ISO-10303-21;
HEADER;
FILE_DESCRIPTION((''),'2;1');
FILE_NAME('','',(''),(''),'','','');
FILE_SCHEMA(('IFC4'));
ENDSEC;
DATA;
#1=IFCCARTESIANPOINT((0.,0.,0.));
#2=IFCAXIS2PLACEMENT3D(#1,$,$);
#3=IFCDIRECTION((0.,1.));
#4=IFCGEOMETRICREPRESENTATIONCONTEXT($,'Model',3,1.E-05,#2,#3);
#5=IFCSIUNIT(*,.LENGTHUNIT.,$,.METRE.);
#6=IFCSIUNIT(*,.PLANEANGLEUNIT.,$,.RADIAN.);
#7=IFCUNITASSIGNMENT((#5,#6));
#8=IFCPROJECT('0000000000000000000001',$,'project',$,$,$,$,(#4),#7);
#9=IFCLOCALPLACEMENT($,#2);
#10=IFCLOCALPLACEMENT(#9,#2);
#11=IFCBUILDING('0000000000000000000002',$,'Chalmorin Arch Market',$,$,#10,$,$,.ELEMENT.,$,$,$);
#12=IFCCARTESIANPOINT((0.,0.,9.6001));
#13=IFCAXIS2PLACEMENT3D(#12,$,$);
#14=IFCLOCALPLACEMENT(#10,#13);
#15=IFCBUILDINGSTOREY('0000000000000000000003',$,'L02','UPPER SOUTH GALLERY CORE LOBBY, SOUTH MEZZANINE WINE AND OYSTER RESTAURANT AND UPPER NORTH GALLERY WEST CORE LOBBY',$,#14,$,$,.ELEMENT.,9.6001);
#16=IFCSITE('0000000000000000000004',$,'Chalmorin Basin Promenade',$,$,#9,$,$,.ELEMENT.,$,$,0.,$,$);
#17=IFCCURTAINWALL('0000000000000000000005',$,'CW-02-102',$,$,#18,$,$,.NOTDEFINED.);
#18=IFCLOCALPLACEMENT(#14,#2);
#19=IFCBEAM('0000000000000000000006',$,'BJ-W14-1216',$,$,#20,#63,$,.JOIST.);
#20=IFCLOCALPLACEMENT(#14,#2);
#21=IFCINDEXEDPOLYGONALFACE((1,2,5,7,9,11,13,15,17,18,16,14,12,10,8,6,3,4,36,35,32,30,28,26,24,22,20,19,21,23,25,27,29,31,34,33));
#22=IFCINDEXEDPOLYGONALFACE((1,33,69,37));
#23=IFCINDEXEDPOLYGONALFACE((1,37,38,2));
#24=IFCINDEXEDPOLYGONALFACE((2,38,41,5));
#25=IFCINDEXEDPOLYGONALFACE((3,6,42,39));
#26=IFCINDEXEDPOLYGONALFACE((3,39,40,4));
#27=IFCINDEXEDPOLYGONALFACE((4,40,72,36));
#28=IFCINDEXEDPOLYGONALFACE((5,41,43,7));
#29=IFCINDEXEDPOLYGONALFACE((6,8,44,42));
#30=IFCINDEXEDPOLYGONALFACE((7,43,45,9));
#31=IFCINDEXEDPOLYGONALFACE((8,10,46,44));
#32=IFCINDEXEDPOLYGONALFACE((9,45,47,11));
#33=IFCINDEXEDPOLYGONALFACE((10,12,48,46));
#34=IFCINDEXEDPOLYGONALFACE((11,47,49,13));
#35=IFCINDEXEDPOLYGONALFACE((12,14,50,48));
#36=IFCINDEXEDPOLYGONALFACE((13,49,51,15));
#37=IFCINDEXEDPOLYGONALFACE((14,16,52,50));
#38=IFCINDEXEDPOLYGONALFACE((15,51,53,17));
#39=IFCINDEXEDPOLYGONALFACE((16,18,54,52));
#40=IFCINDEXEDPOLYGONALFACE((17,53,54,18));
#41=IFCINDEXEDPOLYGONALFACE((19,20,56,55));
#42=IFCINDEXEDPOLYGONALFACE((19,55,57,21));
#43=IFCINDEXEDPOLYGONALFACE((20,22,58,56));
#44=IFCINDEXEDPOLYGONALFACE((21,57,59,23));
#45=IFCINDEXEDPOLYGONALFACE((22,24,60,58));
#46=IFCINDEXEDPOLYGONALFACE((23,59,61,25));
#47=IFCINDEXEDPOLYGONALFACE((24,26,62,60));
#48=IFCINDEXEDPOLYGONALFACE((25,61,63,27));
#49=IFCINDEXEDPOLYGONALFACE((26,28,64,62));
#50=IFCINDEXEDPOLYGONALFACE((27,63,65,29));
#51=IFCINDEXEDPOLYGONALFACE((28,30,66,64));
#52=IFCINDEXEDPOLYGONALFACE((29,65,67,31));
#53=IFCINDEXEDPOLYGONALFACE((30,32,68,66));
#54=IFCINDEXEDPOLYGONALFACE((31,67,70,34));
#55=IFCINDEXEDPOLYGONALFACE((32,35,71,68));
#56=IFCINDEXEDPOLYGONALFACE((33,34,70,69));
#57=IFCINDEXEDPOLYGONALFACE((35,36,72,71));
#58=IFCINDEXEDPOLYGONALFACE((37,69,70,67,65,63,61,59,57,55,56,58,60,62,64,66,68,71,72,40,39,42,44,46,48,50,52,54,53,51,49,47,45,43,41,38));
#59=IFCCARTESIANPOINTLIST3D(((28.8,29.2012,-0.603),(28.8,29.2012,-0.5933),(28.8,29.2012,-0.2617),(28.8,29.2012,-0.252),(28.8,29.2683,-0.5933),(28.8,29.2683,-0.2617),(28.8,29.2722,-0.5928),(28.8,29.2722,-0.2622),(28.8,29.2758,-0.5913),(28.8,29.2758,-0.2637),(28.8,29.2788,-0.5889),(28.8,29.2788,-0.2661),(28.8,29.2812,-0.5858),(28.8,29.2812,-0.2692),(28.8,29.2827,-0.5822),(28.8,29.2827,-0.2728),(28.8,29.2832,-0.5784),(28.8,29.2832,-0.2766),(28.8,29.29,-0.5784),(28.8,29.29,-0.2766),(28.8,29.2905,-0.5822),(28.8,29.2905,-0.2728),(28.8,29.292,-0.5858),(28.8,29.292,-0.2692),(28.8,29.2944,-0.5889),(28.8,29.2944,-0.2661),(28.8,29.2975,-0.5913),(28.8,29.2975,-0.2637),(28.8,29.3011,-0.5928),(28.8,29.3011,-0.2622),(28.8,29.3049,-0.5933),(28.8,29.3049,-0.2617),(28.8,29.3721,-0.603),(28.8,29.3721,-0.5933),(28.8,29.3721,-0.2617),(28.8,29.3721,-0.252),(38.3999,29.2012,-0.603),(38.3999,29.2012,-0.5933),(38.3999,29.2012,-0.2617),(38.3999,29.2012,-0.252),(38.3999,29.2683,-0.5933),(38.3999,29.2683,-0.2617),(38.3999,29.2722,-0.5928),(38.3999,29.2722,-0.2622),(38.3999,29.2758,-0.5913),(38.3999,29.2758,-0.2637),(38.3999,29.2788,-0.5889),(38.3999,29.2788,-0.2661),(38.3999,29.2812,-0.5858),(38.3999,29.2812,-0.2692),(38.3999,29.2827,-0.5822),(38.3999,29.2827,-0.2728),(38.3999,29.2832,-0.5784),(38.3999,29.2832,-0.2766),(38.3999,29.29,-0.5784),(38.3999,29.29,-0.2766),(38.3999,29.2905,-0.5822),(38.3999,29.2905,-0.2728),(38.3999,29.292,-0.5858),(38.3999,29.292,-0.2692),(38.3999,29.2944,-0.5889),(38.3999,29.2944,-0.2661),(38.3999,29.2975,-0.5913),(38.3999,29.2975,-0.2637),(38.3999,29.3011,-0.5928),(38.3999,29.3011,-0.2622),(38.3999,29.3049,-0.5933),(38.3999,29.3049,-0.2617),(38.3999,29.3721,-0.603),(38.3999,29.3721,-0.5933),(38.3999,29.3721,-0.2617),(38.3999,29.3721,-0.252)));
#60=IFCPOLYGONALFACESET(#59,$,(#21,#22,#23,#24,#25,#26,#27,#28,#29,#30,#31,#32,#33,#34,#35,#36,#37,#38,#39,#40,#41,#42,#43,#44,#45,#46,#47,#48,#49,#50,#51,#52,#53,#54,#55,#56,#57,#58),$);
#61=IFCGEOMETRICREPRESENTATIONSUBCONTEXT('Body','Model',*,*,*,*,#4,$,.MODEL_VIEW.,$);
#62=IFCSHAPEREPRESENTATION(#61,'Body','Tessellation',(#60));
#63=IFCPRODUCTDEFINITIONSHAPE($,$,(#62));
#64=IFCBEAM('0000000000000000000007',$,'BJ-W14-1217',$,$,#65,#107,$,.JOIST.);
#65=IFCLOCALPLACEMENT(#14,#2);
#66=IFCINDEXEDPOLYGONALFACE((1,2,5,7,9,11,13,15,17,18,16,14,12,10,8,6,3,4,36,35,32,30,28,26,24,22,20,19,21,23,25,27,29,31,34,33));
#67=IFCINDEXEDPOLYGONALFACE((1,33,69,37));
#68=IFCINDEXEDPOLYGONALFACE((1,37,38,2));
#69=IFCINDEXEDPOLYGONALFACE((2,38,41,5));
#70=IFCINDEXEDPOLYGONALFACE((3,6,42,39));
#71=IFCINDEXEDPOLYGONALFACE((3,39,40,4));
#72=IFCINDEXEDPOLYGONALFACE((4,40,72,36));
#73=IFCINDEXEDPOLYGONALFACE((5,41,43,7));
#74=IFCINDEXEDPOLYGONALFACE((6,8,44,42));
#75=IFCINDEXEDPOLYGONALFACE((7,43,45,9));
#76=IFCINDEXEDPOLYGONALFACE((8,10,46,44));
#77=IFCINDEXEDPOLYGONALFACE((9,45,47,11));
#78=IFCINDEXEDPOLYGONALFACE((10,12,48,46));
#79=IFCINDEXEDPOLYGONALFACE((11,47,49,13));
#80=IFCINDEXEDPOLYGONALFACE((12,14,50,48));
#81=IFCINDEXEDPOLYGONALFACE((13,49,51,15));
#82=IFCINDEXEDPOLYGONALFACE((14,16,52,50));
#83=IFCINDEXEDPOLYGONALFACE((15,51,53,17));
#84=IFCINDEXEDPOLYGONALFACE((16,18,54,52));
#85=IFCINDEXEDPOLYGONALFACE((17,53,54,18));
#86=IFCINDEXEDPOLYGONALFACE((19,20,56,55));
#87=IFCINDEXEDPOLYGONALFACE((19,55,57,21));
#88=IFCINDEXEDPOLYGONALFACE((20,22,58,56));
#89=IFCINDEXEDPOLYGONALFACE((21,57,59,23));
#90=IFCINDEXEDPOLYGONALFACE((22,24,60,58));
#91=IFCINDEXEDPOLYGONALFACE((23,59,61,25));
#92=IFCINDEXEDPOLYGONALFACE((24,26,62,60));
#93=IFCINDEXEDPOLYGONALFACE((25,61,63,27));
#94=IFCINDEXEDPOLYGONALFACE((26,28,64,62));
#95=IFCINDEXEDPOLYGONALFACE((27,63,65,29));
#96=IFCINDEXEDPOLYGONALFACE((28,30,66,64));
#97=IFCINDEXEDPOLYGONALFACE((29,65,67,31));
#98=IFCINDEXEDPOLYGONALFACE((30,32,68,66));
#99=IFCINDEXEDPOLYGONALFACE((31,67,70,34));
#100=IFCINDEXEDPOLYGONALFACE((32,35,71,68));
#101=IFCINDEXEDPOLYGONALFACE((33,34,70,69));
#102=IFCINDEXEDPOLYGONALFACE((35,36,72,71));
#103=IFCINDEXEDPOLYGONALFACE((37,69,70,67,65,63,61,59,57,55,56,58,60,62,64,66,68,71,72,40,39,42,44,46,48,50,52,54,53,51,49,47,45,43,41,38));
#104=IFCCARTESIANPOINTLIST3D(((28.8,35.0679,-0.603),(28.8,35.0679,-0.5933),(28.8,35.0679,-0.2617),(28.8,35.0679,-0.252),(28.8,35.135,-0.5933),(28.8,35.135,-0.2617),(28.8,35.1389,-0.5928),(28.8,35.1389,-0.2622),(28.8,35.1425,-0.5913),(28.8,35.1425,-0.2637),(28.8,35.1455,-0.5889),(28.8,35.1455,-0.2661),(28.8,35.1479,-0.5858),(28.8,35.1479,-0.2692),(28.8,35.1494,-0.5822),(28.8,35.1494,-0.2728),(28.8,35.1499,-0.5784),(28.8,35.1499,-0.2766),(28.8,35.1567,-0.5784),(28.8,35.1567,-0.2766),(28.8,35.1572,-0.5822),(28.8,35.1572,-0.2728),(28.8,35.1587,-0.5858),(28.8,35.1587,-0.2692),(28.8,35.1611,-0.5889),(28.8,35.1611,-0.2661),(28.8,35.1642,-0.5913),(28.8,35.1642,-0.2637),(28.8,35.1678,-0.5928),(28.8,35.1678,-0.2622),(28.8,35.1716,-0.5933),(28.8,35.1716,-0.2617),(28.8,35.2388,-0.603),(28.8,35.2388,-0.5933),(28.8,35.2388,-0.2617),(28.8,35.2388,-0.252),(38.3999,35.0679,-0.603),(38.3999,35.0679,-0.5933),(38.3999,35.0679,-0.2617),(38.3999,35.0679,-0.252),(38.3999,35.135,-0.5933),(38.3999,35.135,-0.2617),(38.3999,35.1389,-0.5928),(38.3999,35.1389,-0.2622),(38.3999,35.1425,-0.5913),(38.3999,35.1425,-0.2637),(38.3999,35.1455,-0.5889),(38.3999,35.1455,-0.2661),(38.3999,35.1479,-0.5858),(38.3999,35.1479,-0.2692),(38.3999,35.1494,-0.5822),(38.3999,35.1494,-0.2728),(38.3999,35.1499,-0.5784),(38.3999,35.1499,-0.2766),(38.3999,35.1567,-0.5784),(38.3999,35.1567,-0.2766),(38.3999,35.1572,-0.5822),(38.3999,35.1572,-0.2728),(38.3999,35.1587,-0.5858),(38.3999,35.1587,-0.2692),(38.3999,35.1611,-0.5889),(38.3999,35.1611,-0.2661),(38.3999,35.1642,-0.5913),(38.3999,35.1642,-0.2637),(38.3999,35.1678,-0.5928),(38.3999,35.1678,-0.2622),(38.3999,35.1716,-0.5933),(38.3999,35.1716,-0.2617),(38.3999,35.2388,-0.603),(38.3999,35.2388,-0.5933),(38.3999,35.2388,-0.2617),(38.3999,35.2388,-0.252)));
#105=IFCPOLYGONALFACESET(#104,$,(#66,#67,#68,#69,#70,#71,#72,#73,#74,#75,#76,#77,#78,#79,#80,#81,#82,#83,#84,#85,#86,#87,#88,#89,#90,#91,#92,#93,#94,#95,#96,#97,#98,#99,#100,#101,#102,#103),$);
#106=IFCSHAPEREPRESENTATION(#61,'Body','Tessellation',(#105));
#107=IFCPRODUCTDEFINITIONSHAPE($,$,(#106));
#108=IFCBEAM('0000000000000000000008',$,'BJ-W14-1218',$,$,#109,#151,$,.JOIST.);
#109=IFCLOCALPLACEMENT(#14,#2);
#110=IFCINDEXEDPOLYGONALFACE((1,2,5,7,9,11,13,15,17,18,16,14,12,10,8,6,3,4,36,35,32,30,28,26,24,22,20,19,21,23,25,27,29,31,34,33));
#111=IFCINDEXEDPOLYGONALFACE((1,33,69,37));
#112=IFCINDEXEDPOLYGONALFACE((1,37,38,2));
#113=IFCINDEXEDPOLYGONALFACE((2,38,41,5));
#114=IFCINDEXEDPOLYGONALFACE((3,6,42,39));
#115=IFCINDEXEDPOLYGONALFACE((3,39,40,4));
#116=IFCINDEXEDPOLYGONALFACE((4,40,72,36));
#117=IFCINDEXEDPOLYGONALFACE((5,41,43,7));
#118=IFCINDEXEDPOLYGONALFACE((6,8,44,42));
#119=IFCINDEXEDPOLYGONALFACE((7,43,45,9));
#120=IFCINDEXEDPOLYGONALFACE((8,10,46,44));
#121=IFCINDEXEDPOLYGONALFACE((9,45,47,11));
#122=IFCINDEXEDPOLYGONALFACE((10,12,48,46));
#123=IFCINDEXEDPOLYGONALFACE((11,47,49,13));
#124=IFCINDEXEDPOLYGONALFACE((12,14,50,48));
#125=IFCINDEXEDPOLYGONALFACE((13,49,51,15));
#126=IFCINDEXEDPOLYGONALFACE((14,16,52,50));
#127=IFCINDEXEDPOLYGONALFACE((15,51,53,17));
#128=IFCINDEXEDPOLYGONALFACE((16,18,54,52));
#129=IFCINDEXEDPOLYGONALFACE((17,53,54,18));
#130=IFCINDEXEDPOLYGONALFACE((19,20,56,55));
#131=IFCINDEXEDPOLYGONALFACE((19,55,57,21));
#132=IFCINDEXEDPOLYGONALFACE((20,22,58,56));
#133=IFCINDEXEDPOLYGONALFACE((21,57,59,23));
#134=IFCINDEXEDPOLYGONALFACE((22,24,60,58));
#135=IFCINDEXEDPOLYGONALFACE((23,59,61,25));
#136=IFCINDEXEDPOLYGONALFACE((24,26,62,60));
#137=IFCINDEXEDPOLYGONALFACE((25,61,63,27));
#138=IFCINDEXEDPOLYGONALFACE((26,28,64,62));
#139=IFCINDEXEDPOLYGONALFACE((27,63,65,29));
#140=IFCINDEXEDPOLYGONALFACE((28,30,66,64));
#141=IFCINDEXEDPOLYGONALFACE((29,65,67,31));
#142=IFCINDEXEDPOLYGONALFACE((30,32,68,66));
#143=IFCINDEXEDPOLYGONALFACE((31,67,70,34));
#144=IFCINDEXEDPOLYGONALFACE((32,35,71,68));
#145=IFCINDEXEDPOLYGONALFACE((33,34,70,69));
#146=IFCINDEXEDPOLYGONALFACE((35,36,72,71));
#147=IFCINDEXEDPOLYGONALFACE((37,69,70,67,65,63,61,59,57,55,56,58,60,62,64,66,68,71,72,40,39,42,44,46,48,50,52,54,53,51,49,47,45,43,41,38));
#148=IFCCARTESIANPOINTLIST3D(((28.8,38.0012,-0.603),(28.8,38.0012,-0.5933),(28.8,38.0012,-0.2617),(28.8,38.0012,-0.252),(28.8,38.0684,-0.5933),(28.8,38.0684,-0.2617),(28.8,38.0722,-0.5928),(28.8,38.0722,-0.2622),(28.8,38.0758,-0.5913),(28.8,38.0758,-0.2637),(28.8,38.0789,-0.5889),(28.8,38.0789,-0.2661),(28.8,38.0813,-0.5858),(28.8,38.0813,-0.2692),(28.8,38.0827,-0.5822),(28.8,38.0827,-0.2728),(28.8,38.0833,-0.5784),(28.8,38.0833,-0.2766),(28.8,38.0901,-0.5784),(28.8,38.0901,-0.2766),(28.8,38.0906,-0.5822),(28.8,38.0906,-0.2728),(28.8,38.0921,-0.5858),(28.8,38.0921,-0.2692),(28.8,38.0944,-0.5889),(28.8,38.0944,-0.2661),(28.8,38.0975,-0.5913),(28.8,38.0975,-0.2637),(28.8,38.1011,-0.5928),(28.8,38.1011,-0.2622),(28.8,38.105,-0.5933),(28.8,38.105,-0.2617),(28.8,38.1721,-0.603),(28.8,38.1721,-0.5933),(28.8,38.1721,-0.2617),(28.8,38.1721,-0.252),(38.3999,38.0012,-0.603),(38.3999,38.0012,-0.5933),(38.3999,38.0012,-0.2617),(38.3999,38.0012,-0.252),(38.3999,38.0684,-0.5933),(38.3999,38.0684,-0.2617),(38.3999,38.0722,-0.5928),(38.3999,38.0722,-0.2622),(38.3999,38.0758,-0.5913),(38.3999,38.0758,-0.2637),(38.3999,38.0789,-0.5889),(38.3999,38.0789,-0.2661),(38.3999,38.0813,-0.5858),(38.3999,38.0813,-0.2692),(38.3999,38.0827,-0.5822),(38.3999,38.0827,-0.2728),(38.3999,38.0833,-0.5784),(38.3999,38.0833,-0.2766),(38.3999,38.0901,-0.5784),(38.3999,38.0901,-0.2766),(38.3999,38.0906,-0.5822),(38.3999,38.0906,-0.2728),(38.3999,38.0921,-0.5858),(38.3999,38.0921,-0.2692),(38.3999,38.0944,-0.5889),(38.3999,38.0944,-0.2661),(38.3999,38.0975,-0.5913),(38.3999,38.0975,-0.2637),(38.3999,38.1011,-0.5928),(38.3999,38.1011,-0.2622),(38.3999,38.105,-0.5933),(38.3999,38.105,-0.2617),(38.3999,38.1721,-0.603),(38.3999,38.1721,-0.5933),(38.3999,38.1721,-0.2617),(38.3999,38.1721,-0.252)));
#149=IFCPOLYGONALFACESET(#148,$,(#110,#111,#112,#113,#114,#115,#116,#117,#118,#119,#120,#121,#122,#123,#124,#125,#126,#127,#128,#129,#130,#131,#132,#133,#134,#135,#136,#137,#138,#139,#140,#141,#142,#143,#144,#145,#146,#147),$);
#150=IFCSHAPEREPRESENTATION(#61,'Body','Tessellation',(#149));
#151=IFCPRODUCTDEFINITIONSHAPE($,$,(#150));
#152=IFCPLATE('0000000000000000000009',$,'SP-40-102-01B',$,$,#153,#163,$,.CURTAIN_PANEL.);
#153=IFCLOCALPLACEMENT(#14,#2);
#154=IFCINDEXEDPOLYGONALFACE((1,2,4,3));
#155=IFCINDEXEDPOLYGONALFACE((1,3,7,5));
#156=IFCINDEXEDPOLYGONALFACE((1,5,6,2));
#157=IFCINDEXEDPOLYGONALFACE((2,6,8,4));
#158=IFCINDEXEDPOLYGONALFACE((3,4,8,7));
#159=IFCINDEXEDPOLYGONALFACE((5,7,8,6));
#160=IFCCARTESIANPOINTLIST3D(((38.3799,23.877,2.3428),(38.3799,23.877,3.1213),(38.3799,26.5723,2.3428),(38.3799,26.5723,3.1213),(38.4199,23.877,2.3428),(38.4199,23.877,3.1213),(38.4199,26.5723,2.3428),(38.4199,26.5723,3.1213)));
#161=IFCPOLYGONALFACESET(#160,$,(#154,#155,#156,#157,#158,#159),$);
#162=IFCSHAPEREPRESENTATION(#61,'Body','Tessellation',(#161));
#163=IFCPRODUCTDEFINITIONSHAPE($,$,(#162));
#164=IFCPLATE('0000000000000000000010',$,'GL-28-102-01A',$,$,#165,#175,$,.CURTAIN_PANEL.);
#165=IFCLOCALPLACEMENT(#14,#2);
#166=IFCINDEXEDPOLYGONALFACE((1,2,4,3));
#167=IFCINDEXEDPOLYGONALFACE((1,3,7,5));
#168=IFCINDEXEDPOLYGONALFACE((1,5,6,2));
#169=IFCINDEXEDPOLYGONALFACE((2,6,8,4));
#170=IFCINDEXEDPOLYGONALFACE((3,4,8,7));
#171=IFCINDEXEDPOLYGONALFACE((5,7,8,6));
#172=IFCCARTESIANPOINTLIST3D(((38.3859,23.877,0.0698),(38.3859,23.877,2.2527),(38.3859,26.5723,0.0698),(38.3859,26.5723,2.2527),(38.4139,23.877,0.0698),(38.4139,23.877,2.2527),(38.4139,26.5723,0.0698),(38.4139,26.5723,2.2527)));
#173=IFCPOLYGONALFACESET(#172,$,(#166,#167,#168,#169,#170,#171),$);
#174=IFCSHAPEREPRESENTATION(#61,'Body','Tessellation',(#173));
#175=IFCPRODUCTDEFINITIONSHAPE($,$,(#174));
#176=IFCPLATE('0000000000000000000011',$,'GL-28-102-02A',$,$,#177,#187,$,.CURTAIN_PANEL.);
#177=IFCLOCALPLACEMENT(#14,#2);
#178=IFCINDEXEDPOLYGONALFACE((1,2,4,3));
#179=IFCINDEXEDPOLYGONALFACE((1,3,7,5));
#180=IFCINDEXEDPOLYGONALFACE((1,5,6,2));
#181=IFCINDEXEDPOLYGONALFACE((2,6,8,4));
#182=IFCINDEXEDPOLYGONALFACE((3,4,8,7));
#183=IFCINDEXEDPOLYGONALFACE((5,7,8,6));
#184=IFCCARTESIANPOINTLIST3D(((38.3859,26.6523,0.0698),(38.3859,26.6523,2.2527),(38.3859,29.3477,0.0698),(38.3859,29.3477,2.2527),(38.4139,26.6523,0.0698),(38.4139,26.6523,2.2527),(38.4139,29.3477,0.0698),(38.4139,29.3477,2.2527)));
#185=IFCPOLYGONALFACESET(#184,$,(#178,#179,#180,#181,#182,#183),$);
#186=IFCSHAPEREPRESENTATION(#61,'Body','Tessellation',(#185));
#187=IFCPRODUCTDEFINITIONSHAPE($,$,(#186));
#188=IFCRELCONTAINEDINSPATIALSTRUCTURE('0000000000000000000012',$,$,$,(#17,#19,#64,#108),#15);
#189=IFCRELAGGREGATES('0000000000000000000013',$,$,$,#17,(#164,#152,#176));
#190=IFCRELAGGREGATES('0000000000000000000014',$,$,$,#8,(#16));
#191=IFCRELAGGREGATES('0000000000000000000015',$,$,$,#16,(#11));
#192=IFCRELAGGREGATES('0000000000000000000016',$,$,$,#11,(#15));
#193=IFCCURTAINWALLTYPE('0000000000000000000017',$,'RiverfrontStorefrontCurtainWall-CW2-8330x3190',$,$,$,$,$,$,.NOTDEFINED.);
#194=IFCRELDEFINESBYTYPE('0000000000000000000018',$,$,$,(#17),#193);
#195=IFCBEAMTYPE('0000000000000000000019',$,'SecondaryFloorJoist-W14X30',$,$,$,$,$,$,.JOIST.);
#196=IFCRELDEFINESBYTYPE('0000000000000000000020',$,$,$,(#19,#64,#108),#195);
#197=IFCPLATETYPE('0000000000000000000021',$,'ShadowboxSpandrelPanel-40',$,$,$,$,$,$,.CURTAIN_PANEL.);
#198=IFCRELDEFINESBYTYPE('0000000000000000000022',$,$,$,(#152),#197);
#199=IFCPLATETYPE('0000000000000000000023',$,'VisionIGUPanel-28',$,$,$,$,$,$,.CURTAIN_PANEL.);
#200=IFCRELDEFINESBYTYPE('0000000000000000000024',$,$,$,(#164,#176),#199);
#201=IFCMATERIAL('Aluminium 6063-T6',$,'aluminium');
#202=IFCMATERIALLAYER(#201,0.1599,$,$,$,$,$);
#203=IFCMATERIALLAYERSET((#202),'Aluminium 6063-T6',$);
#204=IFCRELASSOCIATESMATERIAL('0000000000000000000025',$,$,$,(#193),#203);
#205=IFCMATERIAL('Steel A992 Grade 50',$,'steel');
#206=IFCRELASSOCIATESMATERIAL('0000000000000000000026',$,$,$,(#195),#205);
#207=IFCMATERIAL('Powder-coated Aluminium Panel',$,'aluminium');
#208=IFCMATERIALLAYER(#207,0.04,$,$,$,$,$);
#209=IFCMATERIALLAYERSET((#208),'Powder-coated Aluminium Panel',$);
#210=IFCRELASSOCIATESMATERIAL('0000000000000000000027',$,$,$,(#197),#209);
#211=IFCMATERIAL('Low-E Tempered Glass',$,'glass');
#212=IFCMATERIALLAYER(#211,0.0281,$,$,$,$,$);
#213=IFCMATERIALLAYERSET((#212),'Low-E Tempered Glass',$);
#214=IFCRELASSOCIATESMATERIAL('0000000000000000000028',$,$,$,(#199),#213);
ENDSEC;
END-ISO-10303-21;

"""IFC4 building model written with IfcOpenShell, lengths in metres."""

from ifc_helpers import new_model, si_unit, direction, frame, origin, origin_2d, place, context, subcontext, project, spatial, rectangle, i_section, extrude, material, layer, layer_set, material_profile, profile_set, type_object, element, aggregate, save


model = new_model("IFC4")

# Units and contexts
model_context = context("Model", 3, precision=1e-05, world=origin(), true_north=direction((0.0, 1.0)))
body_context = subcontext(model_context, "Body", "Model", "MODEL_VIEW")
ifc_project = project(units=[si_unit("LENGTHUNIT", "METRE"), si_unit("PLANEANGLEUNIT", "RADIAN")], contexts=[model_context])

# Site, building, storey
site_placement = place(None, origin())
site = spatial("IfcSite", under=ifc_project, at=site_placement, Name="Chalmorin Basin Promenade", CompositionType="ELEMENT", RefElevation=0.0)
building_placement = place(site_placement, origin())
building = spatial("IfcBuilding", under=site, at=building_placement, Name="Chalmorin Arch Market", CompositionType="ELEMENT")
storey_placement = place(building_placement, frame((0.0, 0.0, 9.6001)))
storey = spatial("IfcBuildingStorey", under=building, at=storey_placement, Name="L02", Description="UPPER SOUTH GALLERY CORE LOBBY, SOUTH MEZZANINE WINE AND OYSTER RESTAURANT AND UPPER NORTH GALLERY WEST CORE LOBBY", CompositionType="ELEMENT", Elevation=9.6001)

# Shared definitions
ifc_material_1 = material(Name="Steel A992 Grade 50", Category="steel")

# Curtain wall
ifc_material_2 = material(Name="Aluminium 6063-T6", Category="aluminium")
ifc_layer_1 = layer(ifc_material_2, 0.1599)
ifc_layer_set_1 = layer_set([ifc_layer_1], Name="Aluminium 6063-T6")
curtain_wall_type = type_object("IfcCurtainWallType", Name="RiverfrontStorefrontCurtainWall-CW2-8330x3190", PredefinedType="NOTDEFINED", material=ifc_layer_set_1)
curtain_wall_placement = place(storey_placement, origin())
curtain_wall = element("IfcCurtainWall", 1, at=curtain_wall_placement, inside=storey, type_object=curtain_wall_type, Name="CW-02-102", PredefinedType="NOTDEFINED")

# Beams
ifc_material_profile_1 = material_profile(ifc_material_1, i_section(OverallWidth=0.1709, OverallDepth=0.3511, WebThickness=0.0068, FlangeThickness=0.0098, FilletRadius=0.0149, at=origin_2d()), Name="W14X30")
ifc_profile_set_1 = profile_set([ifc_material_profile_1], Name="Steel A992 Grade 50")
beam_type_1 = type_object("IfcBeamType", Name="SecondaryFloorJoist-W14X30", PredefinedType="JOIST", material=ifc_profile_set_1)
for number, where, z_axis, x_axis, name in (
    (2, (28.8, 29.2866, -0.4275), (1.0, 0.0, 0.0), (0.0, 1.0, 0.0), "BJ-W14-1216"),
    (3, (28.8, 35.1533, -0.4275), (1.0, 0.0, 0.0), (0.0, 1.0, 0.0), "BJ-W14-1217"),
    (4, (28.8, 38.0867, -0.4275), (1.0, 0.0, 0.0), (0.0, 1.0, 0.0), "BJ-W14-1218"),
):
    element("IfcBeam", number, at=place(storey_placement, frame(where, z_axis=z_axis, x_axis=x_axis)), inside=storey, type_object=beam_type_1, Name=name, PredefinedType="JOIST", context=body_context, shape_type="SweptSolid", body=[
        extrude(i_section(OverallWidth=0.1709, OverallDepth=0.3511, WebThickness=0.0068, FlangeThickness=0.0098, FilletRadius=0.0149, at=origin_2d()), origin(), (0.0, 0.0, 1.0), 9.5999),
    ])

# Plates
ifc_material_3 = material(Name="Powder-coated Aluminium Panel", Category="aluminium")
ifc_layer_2 = layer(ifc_material_3, 0.04)
ifc_layer_set_2 = layer_set([ifc_layer_2], Name="Powder-coated Aluminium Panel")
plate_type_1 = type_object("IfcPlateType", Name="ShadowboxSpandrelPanel-40", PredefinedType="CURTAIN_PANEL", material=ifc_layer_set_2)
plate_1_placement = place(storey_placement, frame((38.3999, 25.2246, 2.3428), z_axis=(0.0, 0.0, 1.0), x_axis=(0.0, 1.0, 0.0)))
plate_1 = element("IfcPlate", 5, at=plate_1_placement, type_object=plate_type_1, Name="SP-40-102-01B", PredefinedType="CURTAIN_PANEL", context=body_context, shape_type="SweptSolid", body=[
    extrude(rectangle(XDim=2.6953, YDim=0.04, at=origin_2d()), origin(), (0.0, 0.0, 1.0), 0.7786),
])
ifc_material_4 = material(Name="Low-E Tempered Glass", Category="glass")
ifc_layer_3 = layer(ifc_material_4, 0.0281)
ifc_layer_set_3 = layer_set([ifc_layer_3], Name="Low-E Tempered Glass")
plate_type_2 = type_object("IfcPlateType", Name="VisionIGUPanel-28", PredefinedType="CURTAIN_PANEL", material=ifc_layer_set_3)
plate_2_placement = place(storey_placement, frame((38.3999, 25.2246, 0.0698), z_axis=(0.0, 0.0, 1.0), x_axis=(0.0, 1.0, 0.0)))
plate_2 = element("IfcPlate", 6, at=plate_2_placement, type_object=plate_type_2, Name="GL-28-102-01A", PredefinedType="CURTAIN_PANEL", context=body_context, shape_type="SweptSolid", body=[
    extrude(rectangle(XDim=2.6953, YDim=0.0281, at=origin_2d()), origin(), (0.0, 0.0, 1.0), 2.1829),
])
plate_3_placement = place(storey_placement, frame((38.3999, 28.0, 0.0698), z_axis=(0.0, 0.0, 1.0), x_axis=(0.0, 1.0, 0.0)))
plate_3 = element("IfcPlate", 7, at=plate_3_placement, type_object=plate_type_2, Name="GL-28-102-02A", PredefinedType="CURTAIN_PANEL", context=body_context, shape_type="SweptSolid", body=[
    extrude(rectangle(XDim=2.6953, YDim=0.0281, at=origin_2d()), origin(), (0.0, 0.0, 1.0), 2.1829),
])
aggregate(curtain_wall, [plate_2, plate_1, plate_3])

save(model, "model.ifc")
